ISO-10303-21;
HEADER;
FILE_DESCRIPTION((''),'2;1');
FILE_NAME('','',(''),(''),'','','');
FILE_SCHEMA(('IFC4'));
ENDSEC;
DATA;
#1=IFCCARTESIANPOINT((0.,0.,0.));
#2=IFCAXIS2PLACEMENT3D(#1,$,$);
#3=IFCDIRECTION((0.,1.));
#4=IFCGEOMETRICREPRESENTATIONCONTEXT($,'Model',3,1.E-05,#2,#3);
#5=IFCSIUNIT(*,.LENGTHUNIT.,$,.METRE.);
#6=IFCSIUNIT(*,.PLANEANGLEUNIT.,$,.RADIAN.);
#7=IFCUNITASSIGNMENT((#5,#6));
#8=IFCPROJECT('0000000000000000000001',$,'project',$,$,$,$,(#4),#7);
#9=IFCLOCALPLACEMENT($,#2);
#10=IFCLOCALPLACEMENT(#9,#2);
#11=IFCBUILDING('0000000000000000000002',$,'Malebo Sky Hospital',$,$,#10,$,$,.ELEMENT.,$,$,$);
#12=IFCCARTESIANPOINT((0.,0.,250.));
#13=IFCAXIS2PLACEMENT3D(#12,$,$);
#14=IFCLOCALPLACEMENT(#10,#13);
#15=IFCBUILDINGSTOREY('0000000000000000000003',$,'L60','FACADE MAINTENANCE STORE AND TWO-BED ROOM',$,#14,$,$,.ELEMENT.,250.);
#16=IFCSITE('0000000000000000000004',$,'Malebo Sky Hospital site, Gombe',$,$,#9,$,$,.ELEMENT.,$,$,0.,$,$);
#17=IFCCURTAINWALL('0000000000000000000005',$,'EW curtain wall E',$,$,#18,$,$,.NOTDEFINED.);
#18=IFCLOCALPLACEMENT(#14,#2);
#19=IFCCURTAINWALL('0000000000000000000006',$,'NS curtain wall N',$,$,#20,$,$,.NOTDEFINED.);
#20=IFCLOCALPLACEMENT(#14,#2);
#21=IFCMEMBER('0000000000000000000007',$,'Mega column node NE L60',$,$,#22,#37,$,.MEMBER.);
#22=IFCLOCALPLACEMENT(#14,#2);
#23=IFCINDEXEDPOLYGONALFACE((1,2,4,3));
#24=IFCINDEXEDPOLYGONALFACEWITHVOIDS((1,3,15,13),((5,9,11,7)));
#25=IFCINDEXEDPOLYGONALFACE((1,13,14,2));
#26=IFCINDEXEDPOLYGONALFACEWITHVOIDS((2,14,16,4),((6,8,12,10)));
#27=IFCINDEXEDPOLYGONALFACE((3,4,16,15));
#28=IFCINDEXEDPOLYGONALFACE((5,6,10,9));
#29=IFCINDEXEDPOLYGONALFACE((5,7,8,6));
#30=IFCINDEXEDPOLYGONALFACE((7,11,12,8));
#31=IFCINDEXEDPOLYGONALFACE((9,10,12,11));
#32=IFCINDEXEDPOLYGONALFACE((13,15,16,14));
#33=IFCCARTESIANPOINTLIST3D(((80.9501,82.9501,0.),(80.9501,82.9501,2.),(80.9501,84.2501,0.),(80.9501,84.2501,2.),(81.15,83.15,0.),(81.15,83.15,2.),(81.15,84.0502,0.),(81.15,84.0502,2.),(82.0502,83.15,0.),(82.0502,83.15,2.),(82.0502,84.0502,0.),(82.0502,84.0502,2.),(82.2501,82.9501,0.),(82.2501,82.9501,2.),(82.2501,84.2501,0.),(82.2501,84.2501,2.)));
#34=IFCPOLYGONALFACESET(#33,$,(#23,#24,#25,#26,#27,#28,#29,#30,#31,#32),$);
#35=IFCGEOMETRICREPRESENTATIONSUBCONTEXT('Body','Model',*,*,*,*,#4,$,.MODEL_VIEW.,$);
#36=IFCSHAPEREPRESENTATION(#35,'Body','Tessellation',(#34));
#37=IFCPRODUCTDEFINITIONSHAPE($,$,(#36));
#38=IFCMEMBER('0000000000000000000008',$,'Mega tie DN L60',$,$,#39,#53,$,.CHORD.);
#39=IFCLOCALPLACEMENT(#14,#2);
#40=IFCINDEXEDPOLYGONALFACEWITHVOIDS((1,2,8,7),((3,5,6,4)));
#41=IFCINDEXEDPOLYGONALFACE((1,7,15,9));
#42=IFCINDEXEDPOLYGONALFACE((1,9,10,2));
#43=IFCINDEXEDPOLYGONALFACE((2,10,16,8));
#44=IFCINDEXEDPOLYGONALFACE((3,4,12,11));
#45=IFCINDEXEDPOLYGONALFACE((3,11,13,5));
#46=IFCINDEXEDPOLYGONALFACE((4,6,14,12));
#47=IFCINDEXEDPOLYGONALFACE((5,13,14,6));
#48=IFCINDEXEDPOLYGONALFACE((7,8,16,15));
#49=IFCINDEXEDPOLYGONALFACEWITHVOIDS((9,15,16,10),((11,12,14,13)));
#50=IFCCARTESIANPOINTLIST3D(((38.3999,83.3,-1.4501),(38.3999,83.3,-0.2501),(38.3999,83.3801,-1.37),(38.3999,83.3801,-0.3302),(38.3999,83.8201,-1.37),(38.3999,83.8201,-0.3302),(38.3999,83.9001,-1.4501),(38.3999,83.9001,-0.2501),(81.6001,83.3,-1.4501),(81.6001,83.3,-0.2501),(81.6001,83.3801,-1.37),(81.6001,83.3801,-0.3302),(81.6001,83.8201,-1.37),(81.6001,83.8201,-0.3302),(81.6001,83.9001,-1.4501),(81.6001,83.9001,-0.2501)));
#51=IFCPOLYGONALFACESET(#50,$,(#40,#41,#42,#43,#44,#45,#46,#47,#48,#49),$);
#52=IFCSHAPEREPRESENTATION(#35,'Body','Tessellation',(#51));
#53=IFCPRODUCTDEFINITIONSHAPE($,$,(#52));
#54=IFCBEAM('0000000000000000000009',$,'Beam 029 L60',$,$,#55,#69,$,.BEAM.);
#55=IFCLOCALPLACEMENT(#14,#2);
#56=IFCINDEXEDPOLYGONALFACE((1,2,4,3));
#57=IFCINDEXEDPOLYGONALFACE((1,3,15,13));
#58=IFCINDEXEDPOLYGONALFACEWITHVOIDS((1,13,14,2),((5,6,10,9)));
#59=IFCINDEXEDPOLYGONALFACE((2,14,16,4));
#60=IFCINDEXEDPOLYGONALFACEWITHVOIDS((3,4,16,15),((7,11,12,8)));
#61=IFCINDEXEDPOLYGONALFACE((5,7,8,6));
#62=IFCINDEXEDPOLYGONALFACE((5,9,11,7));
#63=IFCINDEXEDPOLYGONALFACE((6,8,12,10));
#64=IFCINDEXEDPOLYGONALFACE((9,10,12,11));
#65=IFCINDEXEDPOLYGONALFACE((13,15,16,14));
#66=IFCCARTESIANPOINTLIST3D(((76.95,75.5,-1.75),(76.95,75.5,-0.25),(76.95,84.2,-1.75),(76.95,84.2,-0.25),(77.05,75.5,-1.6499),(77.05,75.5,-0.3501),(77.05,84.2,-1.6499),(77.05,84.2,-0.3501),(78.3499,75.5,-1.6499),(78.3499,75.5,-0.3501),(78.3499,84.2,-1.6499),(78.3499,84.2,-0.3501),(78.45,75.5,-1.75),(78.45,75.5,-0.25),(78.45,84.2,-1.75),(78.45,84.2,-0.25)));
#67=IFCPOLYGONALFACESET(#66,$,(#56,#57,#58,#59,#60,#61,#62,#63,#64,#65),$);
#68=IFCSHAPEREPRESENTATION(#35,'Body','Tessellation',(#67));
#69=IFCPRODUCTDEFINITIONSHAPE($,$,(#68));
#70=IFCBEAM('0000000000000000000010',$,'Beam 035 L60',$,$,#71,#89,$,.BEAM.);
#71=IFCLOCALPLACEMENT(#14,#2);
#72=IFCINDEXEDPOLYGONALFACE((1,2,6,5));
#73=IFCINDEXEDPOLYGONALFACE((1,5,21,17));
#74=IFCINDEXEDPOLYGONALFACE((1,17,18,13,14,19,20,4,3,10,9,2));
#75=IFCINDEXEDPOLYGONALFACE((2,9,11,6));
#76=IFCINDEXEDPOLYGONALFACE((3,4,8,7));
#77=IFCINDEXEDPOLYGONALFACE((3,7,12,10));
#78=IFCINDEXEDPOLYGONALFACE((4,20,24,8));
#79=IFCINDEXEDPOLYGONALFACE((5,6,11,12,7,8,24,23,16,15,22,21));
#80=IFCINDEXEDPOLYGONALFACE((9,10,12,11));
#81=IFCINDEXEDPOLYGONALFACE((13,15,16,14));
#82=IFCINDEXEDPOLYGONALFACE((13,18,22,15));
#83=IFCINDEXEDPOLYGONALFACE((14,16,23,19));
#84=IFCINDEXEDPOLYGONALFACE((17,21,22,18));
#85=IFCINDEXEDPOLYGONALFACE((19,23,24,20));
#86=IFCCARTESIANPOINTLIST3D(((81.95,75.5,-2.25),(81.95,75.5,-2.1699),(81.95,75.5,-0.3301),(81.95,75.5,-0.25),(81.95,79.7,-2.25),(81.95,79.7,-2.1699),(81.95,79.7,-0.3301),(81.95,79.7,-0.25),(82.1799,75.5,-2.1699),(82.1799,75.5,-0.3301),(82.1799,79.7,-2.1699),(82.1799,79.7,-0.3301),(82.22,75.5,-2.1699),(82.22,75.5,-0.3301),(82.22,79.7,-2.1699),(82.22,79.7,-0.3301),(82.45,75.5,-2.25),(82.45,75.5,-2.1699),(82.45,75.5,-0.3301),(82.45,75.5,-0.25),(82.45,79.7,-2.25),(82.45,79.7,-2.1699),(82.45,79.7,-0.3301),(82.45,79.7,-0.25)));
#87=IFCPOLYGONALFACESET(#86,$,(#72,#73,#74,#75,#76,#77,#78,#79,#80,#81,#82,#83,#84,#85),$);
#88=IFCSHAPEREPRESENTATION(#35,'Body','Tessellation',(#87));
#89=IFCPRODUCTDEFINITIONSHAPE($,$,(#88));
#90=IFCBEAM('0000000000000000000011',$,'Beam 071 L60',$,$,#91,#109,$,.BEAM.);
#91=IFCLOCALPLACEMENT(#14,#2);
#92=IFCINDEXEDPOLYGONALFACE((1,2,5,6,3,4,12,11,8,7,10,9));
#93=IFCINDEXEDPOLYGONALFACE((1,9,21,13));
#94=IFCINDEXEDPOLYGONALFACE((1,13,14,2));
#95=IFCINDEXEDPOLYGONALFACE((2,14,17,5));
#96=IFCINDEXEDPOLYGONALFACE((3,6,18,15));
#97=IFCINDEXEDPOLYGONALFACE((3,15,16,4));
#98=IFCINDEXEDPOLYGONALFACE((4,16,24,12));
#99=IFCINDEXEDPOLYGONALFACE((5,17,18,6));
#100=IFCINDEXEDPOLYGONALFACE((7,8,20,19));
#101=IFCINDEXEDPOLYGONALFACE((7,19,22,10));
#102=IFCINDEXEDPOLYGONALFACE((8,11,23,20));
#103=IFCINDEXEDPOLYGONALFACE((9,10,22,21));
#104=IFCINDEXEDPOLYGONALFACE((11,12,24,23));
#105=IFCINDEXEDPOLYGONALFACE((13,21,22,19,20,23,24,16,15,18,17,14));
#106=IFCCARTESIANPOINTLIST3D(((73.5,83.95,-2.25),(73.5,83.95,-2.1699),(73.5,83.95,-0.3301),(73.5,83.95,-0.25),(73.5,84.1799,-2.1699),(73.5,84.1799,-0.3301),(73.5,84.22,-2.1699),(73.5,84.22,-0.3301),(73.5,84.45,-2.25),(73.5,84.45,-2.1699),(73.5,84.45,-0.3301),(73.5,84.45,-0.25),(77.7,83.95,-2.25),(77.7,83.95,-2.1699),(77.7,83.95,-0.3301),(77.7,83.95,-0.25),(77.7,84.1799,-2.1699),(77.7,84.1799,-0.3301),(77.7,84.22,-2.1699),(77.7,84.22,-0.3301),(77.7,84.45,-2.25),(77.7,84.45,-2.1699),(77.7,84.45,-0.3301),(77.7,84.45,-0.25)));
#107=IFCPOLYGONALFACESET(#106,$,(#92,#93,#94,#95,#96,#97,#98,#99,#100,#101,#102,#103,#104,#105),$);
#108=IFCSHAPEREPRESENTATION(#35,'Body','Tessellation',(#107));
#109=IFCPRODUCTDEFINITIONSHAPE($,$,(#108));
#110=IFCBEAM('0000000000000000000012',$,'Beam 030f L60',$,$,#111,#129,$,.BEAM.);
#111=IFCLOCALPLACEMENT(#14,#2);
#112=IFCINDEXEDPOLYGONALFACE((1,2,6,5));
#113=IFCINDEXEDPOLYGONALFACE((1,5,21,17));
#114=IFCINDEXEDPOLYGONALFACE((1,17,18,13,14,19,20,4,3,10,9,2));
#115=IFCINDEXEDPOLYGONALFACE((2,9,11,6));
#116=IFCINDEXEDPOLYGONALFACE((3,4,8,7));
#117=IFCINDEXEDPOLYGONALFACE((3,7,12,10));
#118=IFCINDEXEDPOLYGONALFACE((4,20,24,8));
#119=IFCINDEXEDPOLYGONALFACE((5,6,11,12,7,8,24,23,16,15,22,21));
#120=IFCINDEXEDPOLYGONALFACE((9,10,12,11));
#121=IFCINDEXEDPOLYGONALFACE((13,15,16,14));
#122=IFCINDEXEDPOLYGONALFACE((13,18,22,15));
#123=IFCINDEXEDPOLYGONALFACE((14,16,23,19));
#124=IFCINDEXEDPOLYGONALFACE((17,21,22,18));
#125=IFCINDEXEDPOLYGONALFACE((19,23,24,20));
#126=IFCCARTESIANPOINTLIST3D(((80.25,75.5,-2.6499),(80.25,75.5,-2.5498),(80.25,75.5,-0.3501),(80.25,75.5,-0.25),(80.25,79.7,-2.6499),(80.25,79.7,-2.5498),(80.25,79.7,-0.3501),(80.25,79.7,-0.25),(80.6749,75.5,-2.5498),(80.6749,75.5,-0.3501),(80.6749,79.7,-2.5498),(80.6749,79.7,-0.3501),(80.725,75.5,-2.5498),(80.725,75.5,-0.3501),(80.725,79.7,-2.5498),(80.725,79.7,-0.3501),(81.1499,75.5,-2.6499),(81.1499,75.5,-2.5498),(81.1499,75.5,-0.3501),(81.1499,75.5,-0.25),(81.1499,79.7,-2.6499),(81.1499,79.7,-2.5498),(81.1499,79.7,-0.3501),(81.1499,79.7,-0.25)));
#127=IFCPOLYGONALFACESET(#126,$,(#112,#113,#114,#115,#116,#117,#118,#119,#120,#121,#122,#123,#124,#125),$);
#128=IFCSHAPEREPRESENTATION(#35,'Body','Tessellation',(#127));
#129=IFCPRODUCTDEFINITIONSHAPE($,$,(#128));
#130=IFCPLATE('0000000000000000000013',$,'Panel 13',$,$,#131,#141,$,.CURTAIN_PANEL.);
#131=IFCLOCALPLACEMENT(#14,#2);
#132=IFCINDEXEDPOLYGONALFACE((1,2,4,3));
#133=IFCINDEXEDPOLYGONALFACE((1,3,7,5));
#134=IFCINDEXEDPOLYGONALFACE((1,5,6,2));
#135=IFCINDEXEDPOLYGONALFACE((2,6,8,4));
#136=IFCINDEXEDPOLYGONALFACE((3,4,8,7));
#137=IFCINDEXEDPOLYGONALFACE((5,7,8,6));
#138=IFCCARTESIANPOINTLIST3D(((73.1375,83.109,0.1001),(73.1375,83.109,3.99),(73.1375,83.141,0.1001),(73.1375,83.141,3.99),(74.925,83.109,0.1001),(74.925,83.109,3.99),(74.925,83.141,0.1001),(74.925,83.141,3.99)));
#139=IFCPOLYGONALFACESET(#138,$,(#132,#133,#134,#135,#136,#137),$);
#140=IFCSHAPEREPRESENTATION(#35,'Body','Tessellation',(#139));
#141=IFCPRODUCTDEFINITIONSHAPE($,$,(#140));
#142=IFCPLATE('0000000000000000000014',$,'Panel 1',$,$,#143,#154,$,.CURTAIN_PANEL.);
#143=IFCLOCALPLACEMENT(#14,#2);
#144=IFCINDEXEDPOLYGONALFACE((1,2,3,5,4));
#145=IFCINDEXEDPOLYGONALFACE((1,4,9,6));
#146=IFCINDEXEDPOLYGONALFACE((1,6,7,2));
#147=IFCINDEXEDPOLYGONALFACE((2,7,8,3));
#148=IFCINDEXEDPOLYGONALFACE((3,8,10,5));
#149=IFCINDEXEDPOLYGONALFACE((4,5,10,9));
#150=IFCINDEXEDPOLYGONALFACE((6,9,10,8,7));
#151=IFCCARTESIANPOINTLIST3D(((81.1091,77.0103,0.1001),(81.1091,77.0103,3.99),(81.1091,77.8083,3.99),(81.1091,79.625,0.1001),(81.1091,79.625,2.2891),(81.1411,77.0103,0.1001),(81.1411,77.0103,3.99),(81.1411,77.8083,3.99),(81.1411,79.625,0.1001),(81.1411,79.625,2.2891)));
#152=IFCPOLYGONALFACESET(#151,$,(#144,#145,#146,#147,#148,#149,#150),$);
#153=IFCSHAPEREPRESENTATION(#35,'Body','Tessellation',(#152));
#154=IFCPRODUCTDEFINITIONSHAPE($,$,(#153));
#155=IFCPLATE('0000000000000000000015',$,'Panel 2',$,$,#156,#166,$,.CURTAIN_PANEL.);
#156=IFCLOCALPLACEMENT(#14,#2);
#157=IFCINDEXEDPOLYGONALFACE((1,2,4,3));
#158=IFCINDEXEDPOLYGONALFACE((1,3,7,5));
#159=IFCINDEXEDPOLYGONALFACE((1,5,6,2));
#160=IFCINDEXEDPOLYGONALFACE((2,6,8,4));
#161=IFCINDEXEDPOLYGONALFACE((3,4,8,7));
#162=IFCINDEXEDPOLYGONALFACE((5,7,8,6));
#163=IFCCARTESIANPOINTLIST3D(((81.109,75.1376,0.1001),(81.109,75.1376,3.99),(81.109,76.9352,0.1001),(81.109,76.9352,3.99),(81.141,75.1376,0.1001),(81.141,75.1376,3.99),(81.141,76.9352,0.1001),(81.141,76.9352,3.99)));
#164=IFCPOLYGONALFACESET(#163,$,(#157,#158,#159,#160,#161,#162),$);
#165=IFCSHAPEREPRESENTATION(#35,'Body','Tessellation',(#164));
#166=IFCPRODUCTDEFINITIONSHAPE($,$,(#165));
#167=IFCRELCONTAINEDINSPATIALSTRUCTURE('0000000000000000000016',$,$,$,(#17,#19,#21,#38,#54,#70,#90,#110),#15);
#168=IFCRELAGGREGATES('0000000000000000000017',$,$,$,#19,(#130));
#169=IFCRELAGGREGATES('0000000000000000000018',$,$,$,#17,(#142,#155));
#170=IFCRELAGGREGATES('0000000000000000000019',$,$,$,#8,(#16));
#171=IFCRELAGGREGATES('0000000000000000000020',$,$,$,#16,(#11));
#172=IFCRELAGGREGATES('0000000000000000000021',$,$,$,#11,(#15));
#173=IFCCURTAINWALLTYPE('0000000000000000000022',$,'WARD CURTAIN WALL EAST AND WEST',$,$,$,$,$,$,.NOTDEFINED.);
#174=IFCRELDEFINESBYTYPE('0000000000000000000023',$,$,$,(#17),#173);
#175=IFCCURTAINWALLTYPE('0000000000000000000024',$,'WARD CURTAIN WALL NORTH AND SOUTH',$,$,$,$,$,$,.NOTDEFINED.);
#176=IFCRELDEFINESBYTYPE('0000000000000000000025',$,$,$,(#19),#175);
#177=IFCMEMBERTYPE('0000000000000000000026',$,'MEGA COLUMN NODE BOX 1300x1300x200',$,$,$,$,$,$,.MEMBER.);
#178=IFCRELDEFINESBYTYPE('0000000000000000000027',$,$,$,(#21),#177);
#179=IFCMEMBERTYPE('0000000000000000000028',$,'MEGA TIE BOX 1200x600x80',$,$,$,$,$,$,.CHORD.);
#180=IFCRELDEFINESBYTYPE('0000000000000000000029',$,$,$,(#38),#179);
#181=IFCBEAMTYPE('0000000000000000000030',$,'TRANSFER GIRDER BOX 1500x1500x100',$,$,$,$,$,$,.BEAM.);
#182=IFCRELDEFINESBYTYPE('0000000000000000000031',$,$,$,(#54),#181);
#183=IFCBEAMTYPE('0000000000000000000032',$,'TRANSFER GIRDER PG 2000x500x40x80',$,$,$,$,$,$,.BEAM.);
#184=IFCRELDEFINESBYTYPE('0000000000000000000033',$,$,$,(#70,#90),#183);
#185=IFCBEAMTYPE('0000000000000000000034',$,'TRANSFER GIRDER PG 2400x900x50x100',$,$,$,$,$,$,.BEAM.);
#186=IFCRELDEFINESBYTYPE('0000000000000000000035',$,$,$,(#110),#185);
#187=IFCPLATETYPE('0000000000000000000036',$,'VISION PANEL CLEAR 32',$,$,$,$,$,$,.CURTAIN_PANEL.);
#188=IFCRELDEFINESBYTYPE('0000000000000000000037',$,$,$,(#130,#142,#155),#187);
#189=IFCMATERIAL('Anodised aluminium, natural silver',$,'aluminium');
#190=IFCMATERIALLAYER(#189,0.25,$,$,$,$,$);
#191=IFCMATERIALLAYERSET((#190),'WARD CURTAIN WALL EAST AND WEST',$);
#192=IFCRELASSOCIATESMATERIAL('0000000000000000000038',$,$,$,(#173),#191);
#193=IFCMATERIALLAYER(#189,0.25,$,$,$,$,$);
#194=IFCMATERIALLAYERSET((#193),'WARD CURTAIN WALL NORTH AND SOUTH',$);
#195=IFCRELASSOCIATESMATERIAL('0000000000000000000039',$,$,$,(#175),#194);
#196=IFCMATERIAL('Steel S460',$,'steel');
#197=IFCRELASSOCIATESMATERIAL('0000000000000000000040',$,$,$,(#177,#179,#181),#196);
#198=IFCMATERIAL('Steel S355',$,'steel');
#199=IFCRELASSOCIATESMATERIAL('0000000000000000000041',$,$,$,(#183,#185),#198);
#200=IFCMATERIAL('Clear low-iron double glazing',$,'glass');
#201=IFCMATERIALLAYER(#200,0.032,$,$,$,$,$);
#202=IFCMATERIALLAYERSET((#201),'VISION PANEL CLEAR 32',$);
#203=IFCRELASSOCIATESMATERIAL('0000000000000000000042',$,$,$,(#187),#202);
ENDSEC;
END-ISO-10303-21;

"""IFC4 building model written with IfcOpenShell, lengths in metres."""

from ifc_helpers import new_model, si_unit, direction, frame, origin, origin_2d, place, context, subcontext, project, spatial, polyline, rectangle, hollow_rectangle, i_section, outline, extrude, material, layer, layer_set, material_profile, profile_set, type_object, element, aggregate, save


model = new_model("IFC4")

# Units and contexts
model_context = context("Model", 3, precision=1e-05, world=origin(), true_north=direction((0.0, 1.0)))
body_context = subcontext(model_context, "Body", "Model", "MODEL_VIEW")
ifc_project = project(units=[si_unit("LENGTHUNIT", "METRE"), si_unit("PLANEANGLEUNIT", "RADIAN")], contexts=[model_context])

# Site, building, storey
site_placement = place(None, origin())
site = spatial("IfcSite", under=ifc_project, at=site_placement, Name="Malebo Sky Hospital site, Gombe", CompositionType="ELEMENT", RefElevation=0.0)
building_placement = place(site_placement, origin())
building = spatial("IfcBuilding", under=site, at=building_placement, Name="Malebo Sky Hospital", CompositionType="ELEMENT")
storey_placement = place(building_placement, frame((0.0, 0.0, 250.0)))
storey = spatial("IfcBuildingStorey", under=building, at=storey_placement, Name="L60", Description="FACADE MAINTENANCE STORE AND TWO-BED ROOM", CompositionType="ELEMENT", Elevation=250.0)

# Shared definitions
ifc_material_1 = material(Name="Steel S460", Category="steel")

# Curtain wall
ifc_material_2 = material(Name="Anodised aluminium, natural silver", Category="aluminium")
ifc_layer_1 = layer(ifc_material_2, 0.25)
ifc_layer_set_1 = layer_set([ifc_layer_1], Name="WARD CURTAIN WALL EAST AND WEST")
curtain_wall_type_1 = type_object("IfcCurtainWallType", Name="WARD CURTAIN WALL EAST AND WEST", PredefinedType="NOTDEFINED", material=ifc_layer_set_1)
curtain_wall_1_placement = place(storey_placement, origin())
curtain_wall_1 = element("IfcCurtainWall", 1, at=curtain_wall_1_placement, inside=storey, type_object=curtain_wall_type_1, Name="EW curtain wall E", PredefinedType="NOTDEFINED")

# Curtain wall
ifc_layer_2 = layer(ifc_material_2, 0.25)
ifc_layer_set_2 = layer_set([ifc_layer_2], Name="WARD CURTAIN WALL NORTH AND SOUTH")
curtain_wall_type_2 = type_object("IfcCurtainWallType", Name="WARD CURTAIN WALL NORTH AND SOUTH", PredefinedType="NOTDEFINED", material=ifc_layer_set_2)
curtain_wall_2_placement = place(storey_placement, origin())
curtain_wall_2 = element("IfcCurtainWall", 2, at=curtain_wall_2_placement, inside=storey, type_object=curtain_wall_type_2, Name="NS curtain wall N", PredefinedType="NOTDEFINED")

# Members
ifc_material_profile_1 = material_profile(ifc_material_1, hollow_rectangle(XDim=1.3, YDim=1.3, WallThickness=0.2, at=origin_2d()), Name="BOX 1300x1300x200")
ifc_profile_set_1 = profile_set([ifc_material_profile_1], Name="Steel S460")
member_type_1 = type_object("IfcMemberType", Name="MEGA COLUMN NODE BOX 1300x1300x200", PredefinedType="MEMBER", material=ifc_profile_set_1)
member_1_placement = place(storey_placement, frame((81.6001, 83.6001, 0.0), z_axis=(0.0, 0.0, 1.0), x_axis=(1.0, 0.0, 0.0)))
element("IfcMember", 3, at=member_1_placement, inside=storey, type_object=member_type_1, Name="Mega column node NE L60", PredefinedType="MEMBER", context=body_context, shape_type="SweptSolid", body=[
    extrude(hollow_rectangle(XDim=1.3, YDim=1.3, WallThickness=0.2, at=origin_2d()), origin(), (0.0, 0.0, 1.0), 2.0),
])
ifc_material_profile_2 = material_profile(ifc_material_1, hollow_rectangle(XDim=0.6001, YDim=1.2, WallThickness=0.0801, at=origin_2d()), Name="BOX 1200x600x80")
ifc_profile_set_2 = profile_set([ifc_material_profile_2], Name="Steel S460")
member_type_2 = type_object("IfcMemberType", Name="MEGA TIE BOX 1200x600x80", PredefinedType="CHORD", material=ifc_profile_set_2)
member_2_placement = place(storey_placement, frame((81.6001, 83.6001, -0.8501), z_axis=(-1.0, 0.0, 0.0), x_axis=(0.0, -1.0, 0.0)))
element("IfcMember", 4, at=member_2_placement, inside=storey, type_object=member_type_2, Name="Mega tie DN L60", PredefinedType="CHORD", context=body_context, shape_type="SweptSolid", body=[
    extrude(hollow_rectangle(XDim=0.6001, YDim=1.2, WallThickness=0.0801, at=origin_2d()), origin(), (0.0, 0.0, 1.0), 43.2002),
])

# Beams
ifc_material_profile_3 = material_profile(ifc_material_1, hollow_rectangle(XDim=1.5, YDim=1.5, WallThickness=0.1001, at=origin_2d()), Name="BOX 1500x1500x100")
ifc_profile_set_3 = profile_set([ifc_material_profile_3], Name="Steel S460")
beam_type_1 = type_object("IfcBeamType", Name="TRANSFER GIRDER BOX 1500x1500x100", PredefinedType="BEAM", material=ifc_profile_set_3)
beam_1_placement = place(storey_placement, frame((77.7, 75.5, -1.0), z_axis=(0.0, 1.0, 0.0), x_axis=(-1.0, 0.0, 0.0)))
element("IfcBeam", 5, at=beam_1_placement, inside=storey, type_object=beam_type_1, Name="Beam 029 L60", PredefinedType="BEAM", context=body_context, shape_type="SweptSolid", body=[
    extrude(hollow_rectangle(XDim=1.5, YDim=1.5, WallThickness=0.1001, at=origin_2d()), origin(), (0.0, 0.0, 1.0), 8.7),
])
ifc_material_3 = material(Name="Steel S355", Category="steel")
ifc_material_profile_4 = material_profile(ifc_material_3, i_section(OverallWidth=0.5, OverallDepth=2.0, WebThickness=0.04, FlangeThickness=0.0801, at=origin_2d()), Name="PG 2000x500x40x80")
ifc_profile_set_4 = profile_set([ifc_material_profile_4], Name="Steel S355")
beam_type_2 = type_object("IfcBeamType", Name="TRANSFER GIRDER PG 2000x500x40x80", PredefinedType="BEAM", material=ifc_profile_set_4)
for number, where, z_axis, x_axis, name in (
    (6, (82.2, 75.5, -1.25), (0.0, 1.0, 0.0), (-1.0, 0.0, 0.0), "Beam 035 L60"),
    (7, (73.5, 84.2, -1.25), (1.0, 0.0, 0.0), (0.0, 1.0, 0.0), "Beam 071 L60"),
):
    element("IfcBeam", number, at=place(storey_placement, frame(where, z_axis=z_axis, x_axis=x_axis)), inside=storey, type_object=beam_type_2, Name=name, PredefinedType="BEAM", context=body_context, shape_type="SweptSolid", body=[
        extrude(i_section(OverallWidth=0.5, OverallDepth=2.0, WebThickness=0.04, FlangeThickness=0.0801, at=origin_2d()), origin(), (0.0, 0.0, 1.0), 4.2),
    ])
ifc_material_profile_5 = material_profile(ifc_material_3, i_section(OverallWidth=0.8999, OverallDepth=2.3999, WebThickness=0.05, FlangeThickness=0.1001, at=origin_2d()), Name="PG 2400x900x50x100")
ifc_profile_set_5 = profile_set([ifc_material_profile_5], Name="Steel S355")
beam_type_3 = type_object("IfcBeamType", Name="TRANSFER GIRDER PG 2400x900x50x100", PredefinedType="BEAM", material=ifc_profile_set_5)
beam_2_placement = place(storey_placement, frame((80.7, 75.5, -1.45), z_axis=(0.0, 1.0, 0.0), x_axis=(-1.0, 0.0, 0.0)))
element("IfcBeam", 8, at=beam_2_placement, inside=storey, type_object=beam_type_3, Name="Beam 030f L60", PredefinedType="BEAM", context=body_context, shape_type="SweptSolid", body=[
    extrude(i_section(OverallWidth=0.8999, OverallDepth=2.3999, WebThickness=0.05, FlangeThickness=0.1001, at=origin_2d()), origin(), (0.0, 0.0, 1.0), 4.2),
])

# Plates
ifc_material_4 = material(Name="Clear low-iron double glazing", Category="glass")
ifc_layer_3 = layer(ifc_material_4, 0.032)
ifc_layer_set_3 = layer_set([ifc_layer_3], Name="VISION PANEL CLEAR 32")
plate_type = type_object("IfcPlateType", Name="VISION PANEL CLEAR 32", PredefinedType="CURTAIN_PANEL", material=ifc_layer_set_3)
plate_1_placement = place(storey_placement, frame((74.0312, 83.125, 0.1001), z_axis=(0.0, 0.0, 1.0), x_axis=(1.0, 0.0, 0.0)))
plate_1 = element("IfcPlate", 9, at=plate_1_placement, type_object=plate_type, Name="Panel 13", PredefinedType="CURTAIN_PANEL", context=body_context, shape_type="SweptSolid", body=[
    extrude(rectangle(XDim=1.7876, YDim=0.032, at=origin_2d()), origin(), (0.0, 0.0, 1.0), 3.8899),
])
aggregate(curtain_wall_2, [plate_1])
plate_2_placement = place(storey_placement, frame((81.125, 78.3176, 0.1001), z_axis=(0.0, 0.0, 1.0), x_axis=(0.0, -1.0, 0.0)))
plate_2 = element("IfcPlate", 10, at=plate_2_placement, type_object=plate_type, Name="Panel 1", PredefinedType="CURTAIN_PANEL", context=body_context, shape_type="SweptSolid", body=[
    extrude(outline(polyline([(-1.3074, 0.0), (1.3074, 0.0), (1.3074, 3.8899), (0.5093, 3.8899), (-1.3074, 2.189), (-1.3074, 0.0)])), frame((0.0, 0.0161, 0.0), z_axis=(0.0, -1.0, 0.0), x_axis=(1.0, 0.0, 0.0)), (0.0, 0.0, 1.0), 0.032),
])
plate_3_placement = place(storey_placement, frame((81.125, 76.0364, 0.1001), z_axis=(0.0, 0.0, 1.0), x_axis=(0.0, -1.0, 0.0)))
plate_3 = element("IfcPlate", 11, at=plate_3_placement, type_object=plate_type, Name="Panel 2", PredefinedType="CURTAIN_PANEL", context=body_context, shape_type="SweptSolid", body=[
    extrude(rectangle(XDim=1.7976, YDim=0.032, at=origin_2d()), origin(), (0.0, 0.0, 1.0), 3.8899),
])
aggregate(curtain_wall_1, [plate_2, plate_3])

save(model, "model.ifc")
